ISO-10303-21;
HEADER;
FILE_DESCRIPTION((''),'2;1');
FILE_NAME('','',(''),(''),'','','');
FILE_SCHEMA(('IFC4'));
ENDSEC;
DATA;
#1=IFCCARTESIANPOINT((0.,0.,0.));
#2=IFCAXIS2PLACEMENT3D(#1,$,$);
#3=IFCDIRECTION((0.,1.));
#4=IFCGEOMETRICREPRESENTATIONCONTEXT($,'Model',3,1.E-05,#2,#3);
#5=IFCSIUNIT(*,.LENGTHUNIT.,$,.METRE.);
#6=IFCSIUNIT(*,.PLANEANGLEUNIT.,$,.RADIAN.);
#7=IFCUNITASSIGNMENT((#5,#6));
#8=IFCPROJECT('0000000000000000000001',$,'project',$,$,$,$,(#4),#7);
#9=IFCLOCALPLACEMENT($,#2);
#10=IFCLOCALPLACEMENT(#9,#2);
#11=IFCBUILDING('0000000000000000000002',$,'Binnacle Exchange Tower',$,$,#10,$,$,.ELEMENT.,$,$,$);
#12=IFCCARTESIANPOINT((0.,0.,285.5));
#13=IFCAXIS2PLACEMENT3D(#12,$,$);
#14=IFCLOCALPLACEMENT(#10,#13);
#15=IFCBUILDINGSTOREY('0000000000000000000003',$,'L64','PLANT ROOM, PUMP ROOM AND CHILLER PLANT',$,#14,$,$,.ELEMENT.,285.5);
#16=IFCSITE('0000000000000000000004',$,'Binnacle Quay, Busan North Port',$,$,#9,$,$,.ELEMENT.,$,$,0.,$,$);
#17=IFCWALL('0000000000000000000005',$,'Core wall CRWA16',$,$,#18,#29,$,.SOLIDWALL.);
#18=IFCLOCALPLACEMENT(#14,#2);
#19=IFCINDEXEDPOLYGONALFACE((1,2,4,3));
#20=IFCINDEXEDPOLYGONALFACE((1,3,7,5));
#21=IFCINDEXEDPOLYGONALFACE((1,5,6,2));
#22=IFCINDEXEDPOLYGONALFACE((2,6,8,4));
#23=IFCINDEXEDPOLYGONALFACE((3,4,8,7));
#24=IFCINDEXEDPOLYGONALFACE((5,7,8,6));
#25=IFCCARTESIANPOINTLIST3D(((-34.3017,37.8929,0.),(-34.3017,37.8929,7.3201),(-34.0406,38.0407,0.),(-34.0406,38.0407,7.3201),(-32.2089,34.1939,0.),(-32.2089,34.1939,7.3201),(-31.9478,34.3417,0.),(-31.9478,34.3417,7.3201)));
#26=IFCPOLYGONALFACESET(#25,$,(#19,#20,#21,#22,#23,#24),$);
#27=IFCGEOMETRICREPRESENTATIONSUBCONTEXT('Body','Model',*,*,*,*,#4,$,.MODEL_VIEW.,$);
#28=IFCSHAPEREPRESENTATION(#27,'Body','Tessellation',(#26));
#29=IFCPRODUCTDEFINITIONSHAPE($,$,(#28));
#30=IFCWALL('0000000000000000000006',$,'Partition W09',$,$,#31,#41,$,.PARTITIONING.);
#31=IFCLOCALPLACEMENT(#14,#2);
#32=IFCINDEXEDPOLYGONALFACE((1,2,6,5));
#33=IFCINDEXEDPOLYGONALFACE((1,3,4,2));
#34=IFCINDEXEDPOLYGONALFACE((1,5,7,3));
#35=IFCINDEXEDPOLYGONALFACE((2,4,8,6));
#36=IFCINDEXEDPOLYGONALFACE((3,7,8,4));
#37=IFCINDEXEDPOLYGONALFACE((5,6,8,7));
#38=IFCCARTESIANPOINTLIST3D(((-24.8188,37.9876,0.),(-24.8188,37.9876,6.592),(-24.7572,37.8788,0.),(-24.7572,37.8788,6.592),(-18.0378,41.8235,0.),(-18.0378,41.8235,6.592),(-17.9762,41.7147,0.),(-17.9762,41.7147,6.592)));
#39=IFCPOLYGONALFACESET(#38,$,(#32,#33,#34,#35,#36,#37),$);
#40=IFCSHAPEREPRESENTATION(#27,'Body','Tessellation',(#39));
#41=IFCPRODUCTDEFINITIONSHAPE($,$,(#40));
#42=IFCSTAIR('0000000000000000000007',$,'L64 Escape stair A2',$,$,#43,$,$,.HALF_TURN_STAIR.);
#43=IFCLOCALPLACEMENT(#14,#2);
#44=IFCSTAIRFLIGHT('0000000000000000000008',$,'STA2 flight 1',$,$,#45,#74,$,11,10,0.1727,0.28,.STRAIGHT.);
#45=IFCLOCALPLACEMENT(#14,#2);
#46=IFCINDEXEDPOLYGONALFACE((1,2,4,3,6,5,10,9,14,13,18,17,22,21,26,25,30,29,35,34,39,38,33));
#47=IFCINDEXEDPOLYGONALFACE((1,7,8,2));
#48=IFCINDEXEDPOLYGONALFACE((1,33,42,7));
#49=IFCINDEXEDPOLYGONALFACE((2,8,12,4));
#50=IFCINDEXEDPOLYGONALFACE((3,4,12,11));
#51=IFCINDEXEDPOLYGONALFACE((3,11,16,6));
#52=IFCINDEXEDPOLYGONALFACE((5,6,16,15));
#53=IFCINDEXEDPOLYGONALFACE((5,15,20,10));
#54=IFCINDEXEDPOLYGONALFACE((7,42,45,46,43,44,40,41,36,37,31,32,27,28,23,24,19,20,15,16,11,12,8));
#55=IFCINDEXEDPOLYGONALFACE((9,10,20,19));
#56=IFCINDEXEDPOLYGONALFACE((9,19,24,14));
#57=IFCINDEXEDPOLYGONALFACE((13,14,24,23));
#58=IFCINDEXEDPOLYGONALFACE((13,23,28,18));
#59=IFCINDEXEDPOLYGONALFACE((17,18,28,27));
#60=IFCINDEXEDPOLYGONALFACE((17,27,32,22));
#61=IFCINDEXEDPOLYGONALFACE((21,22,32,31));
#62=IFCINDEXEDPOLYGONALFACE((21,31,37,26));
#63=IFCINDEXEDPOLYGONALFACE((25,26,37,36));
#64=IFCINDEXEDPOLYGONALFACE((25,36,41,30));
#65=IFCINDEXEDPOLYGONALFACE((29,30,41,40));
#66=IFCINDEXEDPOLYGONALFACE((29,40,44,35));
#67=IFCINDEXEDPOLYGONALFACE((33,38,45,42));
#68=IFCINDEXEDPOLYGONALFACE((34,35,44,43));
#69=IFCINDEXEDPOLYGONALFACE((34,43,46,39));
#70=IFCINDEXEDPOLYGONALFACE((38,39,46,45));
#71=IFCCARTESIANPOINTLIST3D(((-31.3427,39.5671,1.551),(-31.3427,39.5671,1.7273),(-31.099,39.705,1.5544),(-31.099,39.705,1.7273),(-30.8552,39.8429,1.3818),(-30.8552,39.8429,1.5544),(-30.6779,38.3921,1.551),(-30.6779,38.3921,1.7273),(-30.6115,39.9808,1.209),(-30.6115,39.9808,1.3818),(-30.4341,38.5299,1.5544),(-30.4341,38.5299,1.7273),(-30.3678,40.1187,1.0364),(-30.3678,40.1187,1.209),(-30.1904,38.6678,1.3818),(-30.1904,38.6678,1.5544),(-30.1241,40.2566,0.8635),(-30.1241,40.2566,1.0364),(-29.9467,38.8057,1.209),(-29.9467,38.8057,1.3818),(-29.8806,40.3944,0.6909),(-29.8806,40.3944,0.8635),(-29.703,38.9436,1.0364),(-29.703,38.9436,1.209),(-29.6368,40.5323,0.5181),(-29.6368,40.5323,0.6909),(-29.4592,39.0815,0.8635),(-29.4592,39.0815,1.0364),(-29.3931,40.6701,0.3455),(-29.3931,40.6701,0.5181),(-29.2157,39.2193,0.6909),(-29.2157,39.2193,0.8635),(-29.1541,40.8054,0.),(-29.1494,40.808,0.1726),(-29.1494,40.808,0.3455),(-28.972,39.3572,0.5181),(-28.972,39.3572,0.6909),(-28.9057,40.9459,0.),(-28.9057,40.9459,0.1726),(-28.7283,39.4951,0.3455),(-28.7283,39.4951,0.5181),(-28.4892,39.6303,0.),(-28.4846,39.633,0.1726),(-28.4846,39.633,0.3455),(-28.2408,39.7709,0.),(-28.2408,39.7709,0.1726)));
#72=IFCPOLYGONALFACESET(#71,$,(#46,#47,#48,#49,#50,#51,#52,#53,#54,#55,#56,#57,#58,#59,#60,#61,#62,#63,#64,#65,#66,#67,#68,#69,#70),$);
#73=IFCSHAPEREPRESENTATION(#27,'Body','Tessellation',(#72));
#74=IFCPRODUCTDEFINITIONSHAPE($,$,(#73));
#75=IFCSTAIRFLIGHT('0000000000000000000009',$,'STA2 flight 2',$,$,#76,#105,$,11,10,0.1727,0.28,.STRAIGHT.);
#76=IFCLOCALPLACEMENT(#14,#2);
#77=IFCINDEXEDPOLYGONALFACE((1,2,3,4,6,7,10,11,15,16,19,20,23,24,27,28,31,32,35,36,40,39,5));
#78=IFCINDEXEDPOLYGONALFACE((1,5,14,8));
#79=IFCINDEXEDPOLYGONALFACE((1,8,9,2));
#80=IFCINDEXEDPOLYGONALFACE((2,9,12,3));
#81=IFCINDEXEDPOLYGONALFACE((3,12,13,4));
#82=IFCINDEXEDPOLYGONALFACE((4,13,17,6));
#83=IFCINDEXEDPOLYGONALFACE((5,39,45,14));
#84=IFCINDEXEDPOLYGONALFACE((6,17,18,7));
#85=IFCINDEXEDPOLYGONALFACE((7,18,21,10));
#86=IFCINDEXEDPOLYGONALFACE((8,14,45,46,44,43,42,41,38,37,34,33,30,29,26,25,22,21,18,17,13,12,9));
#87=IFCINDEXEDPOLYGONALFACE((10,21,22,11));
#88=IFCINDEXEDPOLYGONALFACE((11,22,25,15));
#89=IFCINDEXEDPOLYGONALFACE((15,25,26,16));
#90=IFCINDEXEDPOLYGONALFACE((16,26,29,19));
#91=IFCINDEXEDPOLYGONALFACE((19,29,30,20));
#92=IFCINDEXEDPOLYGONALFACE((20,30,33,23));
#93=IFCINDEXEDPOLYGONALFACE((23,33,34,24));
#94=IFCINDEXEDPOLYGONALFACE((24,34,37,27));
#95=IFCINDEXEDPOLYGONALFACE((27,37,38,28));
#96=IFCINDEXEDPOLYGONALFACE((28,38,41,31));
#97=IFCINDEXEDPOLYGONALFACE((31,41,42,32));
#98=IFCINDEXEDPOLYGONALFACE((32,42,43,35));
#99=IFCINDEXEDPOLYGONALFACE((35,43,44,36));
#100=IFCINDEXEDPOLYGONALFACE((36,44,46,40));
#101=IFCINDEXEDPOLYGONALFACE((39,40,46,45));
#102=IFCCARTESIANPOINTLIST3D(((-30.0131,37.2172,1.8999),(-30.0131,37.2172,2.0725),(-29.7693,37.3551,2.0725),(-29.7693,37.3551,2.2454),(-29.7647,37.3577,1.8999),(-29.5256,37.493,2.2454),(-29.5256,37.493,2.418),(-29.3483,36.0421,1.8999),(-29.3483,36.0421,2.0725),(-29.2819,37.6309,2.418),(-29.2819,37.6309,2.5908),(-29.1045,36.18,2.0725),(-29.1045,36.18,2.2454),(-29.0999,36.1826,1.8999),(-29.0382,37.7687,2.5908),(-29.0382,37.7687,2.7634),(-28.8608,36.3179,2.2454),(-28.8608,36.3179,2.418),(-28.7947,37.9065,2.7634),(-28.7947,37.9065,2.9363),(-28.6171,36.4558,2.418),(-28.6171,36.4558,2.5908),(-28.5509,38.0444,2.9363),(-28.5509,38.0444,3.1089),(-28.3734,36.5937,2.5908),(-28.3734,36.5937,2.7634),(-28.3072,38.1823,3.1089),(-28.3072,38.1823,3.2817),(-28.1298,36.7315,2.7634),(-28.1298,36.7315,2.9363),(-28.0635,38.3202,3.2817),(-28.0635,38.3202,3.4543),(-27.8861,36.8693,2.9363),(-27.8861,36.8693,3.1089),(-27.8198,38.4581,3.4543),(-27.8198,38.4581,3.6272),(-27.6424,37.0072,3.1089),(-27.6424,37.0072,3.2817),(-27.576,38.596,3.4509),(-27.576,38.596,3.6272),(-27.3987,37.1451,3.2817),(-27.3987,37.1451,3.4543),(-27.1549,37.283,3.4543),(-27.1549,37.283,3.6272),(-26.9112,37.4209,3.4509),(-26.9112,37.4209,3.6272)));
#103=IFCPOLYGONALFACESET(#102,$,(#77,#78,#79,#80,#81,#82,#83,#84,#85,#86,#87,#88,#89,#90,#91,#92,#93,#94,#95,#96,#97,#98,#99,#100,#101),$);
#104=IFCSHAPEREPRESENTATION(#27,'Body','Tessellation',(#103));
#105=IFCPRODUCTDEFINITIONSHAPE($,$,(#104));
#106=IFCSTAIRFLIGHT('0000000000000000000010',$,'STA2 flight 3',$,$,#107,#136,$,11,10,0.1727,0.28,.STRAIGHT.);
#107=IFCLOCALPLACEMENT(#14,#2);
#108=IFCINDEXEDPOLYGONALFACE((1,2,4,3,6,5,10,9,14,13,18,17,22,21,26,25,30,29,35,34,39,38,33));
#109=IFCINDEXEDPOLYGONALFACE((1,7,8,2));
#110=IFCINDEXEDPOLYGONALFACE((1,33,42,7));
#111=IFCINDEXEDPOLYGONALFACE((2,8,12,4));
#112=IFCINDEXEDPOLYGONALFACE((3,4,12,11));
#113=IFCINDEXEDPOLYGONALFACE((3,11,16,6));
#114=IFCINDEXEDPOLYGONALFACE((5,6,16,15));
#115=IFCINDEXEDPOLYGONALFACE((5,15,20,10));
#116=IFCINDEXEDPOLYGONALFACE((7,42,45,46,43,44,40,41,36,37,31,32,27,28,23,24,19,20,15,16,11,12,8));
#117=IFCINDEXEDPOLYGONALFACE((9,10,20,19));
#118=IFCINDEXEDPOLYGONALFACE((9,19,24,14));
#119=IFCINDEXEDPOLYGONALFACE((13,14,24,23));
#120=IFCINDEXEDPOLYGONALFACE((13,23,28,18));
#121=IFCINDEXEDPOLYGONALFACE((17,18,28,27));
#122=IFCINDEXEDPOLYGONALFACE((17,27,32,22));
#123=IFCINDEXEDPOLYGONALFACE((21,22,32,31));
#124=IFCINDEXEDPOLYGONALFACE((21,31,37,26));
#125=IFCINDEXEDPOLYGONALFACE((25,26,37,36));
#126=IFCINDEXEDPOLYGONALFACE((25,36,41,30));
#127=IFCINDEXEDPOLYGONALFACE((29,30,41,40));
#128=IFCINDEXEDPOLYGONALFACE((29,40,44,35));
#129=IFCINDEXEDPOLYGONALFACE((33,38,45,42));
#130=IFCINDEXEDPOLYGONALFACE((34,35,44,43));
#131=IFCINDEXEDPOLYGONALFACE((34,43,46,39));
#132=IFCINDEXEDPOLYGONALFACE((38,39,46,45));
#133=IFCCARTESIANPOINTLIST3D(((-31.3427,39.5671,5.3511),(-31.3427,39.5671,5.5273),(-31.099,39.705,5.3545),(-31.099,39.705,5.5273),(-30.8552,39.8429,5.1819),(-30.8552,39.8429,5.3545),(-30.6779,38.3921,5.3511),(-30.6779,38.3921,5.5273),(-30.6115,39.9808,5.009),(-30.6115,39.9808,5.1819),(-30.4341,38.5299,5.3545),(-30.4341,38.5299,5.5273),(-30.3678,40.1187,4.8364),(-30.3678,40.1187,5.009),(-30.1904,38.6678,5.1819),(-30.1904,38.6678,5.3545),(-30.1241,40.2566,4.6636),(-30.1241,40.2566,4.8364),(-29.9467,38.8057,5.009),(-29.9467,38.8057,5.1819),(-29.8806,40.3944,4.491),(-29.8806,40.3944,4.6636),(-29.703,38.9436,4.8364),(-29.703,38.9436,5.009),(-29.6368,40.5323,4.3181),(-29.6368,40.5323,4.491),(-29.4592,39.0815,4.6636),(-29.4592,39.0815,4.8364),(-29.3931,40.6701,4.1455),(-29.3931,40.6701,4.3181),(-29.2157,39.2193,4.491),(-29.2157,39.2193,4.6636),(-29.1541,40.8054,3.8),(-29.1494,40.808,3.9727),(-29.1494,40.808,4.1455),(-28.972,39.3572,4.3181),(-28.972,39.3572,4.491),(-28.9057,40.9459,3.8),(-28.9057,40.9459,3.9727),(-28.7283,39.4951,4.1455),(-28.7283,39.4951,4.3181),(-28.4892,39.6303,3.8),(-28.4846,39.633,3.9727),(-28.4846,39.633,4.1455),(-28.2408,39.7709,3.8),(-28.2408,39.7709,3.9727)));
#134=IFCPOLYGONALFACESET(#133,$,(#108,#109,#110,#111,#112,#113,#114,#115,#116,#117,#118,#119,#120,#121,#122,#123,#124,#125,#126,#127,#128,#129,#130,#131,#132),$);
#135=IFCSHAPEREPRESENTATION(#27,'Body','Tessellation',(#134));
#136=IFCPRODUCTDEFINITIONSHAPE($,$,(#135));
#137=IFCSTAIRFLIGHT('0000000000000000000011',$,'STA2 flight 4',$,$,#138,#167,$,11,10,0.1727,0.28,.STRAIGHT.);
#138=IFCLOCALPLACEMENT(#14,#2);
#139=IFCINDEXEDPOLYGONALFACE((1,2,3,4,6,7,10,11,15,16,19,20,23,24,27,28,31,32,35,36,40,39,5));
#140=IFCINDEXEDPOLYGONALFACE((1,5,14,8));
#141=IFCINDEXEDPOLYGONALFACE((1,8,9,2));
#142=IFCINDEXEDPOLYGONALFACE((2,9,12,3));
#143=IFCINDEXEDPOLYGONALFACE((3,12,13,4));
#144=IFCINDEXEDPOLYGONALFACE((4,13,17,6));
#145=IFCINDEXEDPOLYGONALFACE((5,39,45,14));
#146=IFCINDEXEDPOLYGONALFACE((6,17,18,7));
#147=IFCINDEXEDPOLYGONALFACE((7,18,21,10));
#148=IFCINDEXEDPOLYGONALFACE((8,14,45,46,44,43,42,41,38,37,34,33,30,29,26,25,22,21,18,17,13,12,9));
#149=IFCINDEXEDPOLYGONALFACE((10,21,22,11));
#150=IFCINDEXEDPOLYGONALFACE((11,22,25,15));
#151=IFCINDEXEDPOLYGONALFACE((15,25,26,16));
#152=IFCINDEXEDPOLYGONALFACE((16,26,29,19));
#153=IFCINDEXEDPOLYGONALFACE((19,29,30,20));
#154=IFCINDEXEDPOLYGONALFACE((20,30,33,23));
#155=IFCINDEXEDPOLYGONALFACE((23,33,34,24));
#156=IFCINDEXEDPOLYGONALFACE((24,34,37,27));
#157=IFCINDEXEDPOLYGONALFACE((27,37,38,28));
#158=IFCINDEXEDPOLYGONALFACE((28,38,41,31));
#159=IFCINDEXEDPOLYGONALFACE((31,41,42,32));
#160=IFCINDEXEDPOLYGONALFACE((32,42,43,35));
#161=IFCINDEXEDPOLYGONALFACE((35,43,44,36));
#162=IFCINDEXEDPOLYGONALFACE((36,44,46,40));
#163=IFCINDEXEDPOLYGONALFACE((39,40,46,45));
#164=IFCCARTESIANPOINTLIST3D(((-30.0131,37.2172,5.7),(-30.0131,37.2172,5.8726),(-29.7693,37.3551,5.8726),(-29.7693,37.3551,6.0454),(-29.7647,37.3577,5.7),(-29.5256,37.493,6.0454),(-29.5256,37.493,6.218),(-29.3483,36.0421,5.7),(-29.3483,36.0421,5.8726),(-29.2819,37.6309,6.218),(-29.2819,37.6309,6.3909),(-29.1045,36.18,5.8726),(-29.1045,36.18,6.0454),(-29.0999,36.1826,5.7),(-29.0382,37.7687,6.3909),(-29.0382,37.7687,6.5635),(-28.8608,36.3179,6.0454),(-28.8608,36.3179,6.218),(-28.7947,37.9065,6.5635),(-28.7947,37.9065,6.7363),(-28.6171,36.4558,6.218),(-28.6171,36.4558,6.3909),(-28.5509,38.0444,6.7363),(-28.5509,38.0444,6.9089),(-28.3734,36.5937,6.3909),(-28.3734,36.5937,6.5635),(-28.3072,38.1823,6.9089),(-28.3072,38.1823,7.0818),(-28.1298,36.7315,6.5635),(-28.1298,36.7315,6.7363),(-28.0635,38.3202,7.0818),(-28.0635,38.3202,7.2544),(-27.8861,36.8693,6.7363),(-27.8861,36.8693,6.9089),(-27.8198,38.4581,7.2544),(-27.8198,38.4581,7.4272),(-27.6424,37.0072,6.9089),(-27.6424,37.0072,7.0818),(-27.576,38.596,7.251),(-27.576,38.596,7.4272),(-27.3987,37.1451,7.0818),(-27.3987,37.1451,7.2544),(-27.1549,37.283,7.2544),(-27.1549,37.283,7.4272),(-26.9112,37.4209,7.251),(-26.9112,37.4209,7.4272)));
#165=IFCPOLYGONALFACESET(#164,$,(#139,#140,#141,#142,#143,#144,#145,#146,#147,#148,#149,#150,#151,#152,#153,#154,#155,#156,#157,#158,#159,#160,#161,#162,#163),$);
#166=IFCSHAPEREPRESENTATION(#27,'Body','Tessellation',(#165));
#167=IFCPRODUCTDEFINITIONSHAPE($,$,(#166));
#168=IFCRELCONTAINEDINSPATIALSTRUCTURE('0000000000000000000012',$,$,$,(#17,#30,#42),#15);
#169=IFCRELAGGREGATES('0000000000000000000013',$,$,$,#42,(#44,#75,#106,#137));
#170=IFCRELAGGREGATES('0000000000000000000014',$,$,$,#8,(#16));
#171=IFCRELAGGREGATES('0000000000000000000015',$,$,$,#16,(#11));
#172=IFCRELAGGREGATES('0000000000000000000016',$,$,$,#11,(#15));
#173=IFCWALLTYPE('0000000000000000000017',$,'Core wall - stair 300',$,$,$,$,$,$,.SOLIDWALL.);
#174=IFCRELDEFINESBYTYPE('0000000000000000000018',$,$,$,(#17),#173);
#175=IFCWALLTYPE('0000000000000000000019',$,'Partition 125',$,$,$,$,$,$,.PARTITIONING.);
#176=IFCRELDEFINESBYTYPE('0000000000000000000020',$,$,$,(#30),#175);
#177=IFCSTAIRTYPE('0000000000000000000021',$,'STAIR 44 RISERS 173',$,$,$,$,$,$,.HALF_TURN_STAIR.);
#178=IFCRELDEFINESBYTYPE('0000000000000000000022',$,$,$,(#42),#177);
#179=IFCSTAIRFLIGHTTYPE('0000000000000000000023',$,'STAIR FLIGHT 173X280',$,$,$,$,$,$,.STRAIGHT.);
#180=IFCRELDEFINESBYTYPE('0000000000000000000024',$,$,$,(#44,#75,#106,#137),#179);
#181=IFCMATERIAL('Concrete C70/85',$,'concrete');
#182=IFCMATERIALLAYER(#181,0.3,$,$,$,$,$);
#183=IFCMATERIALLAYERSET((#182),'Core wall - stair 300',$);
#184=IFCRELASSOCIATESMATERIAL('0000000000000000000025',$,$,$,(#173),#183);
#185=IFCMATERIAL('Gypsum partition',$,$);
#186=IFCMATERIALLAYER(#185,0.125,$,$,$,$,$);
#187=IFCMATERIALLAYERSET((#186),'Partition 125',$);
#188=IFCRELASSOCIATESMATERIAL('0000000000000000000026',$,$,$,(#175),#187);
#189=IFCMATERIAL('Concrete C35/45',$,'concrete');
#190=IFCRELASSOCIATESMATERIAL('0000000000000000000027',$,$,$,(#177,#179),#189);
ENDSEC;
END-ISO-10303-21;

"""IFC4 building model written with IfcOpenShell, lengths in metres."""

from ifc_helpers import new_model, si_unit, direction, frame, frame_2d, origin, place, context, subcontext, project, spatial, polyline, rectangle, outline, extrude, material, layer, layer_set, type_object, element, aggregate, save


model = new_model("IFC4")

# Units and contexts
model_context = context("Model", 3, precision=1e-05, world=origin(), true_north=direction((0.0, 1.0)))
body_context = subcontext(model_context, "Body", "Model", "MODEL_VIEW")
ifc_project = project(units=[si_unit("LENGTHUNIT", "METRE"), si_unit("PLANEANGLEUNIT", "RADIAN")], contexts=[model_context])

# Site, building, storey
site_placement = place(None, origin())
site = spatial("IfcSite", under=ifc_project, at=site_placement, Name="Binnacle Quay, Busan North Port", CompositionType="ELEMENT", RefElevation=0.0)
building_placement = place(site_placement, origin())
building = spatial("IfcBuilding", under=site, at=building_placement, Name="Binnacle Exchange Tower", CompositionType="ELEMENT")
storey_placement = place(building_placement, frame((0.0, 0.0, 285.5)))
storey = spatial("IfcBuildingStorey", under=building, at=storey_placement, Name="L64", Description="PLANT ROOM, PUMP ROOM AND CHILLER PLANT", CompositionType="ELEMENT", Elevation=285.5)

# Shared definitions
ifc_material_1 = material(Name="Concrete C70/85", Category="concrete")

# Shared definitions
ifc_layer_1 = layer(ifc_material_1, 0.3)
ifc_layer_set_1 = layer_set([ifc_layer_1], Name="Core wall - stair 300")
wall_type_1 = type_object("IfcWallType", Name="Core wall - stair 300", PredefinedType="SOLIDWALL", material=ifc_layer_set_1)

# Walls
wall_1_placement = place(storey_placement, frame((-34.1711, 37.9668, 0.0), z_axis=(0.0, 0.0, 1.0), x_axis=(0.492423, -0.870356, 0.0)))
element("IfcWall", 1, at=wall_1_placement, inside=storey, type_object=wall_type_1, Name="Core wall CRWA16", PredefinedType="SOLIDWALL", context=body_context, shape_type="SweptSolid", body=[
    extrude(rectangle(XDim=4.25, YDim=0.3, at=frame_2d((2.125, 0.0))), origin(), (0.0, 0.0, 1.0), 7.3201),
])
ifc_material_2 = material(Name="Gypsum partition")
ifc_layer_2 = layer(ifc_material_2, 0.125)
ifc_layer_set_2 = layer_set([ifc_layer_2], Name="Partition 125")
wall_type_2 = type_object("IfcWallType", Name="Partition 125", PredefinedType="PARTITIONING", material=ifc_layer_set_2)
wall_2_placement = place(storey_placement, frame((-24.7881, 37.9331, 0.0), z_axis=(0.0, 0.0, 1.0), x_axis=(0.870387, 0.492368, 0.0)))
element("IfcWall", 2, at=wall_2_placement, inside=storey, type_object=wall_type_2, Name="Partition W09", PredefinedType="PARTITIONING", context=body_context, shape_type="SweptSolid", body=[
    extrude(rectangle(XDim=7.7908, YDim=0.125, at=frame_2d((3.8955, 0.0))), origin(), (0.0, 0.0, 1.0), 6.592),
])

# Stair, stair flights
ifc_material_3 = material(Name="Concrete C35/45", Category="concrete")
stair_type = type_object("IfcStairType", Name="STAIR 44 RISERS 173", PredefinedType="HALF_TURN_STAIR", material=ifc_material_3)
stair_placement = place(storey_placement, origin())
stair = element("IfcStair", 3, at=stair_placement, inside=storey, type_object=stair_type, Name="L64 Escape stair A2", PredefinedType="HALF_TURN_STAIR")
stair_flight_type = type_object("IfcStairFlightType", Name="STAIR FLIGHT 173X280", PredefinedType="STRAIGHT", material=ifc_material_3)
stair_flight_1_placement = place(storey_placement, frame((-28.5732, 40.3584, 0.0), z_axis=(0.0, 0.0, 1.0), x_axis=(-0.870356, -0.492424, 0.0)))
stair_flight_1 = element("IfcStairFlight", 4, at=stair_flight_1_placement, type_object=stair_flight_type, Name="STA2 flight 1", NumberOfRisers=11, NumberOfTreads=10, PredefinedType="STRAIGHT", RiserHeight=0.1727, TreadLength=0.28, context=body_context, shape_type="SweptSolid", body=[
    extrude(outline(polyline([(0.0, 0.0), (0.0, 0.1726), (0.28, 0.1726), (0.28, 0.3455), (0.5601, 0.3455), (0.5601, 0.5181), (0.8401, 0.5181), (0.8401, 0.6909), (1.1201, 0.6909), (1.1201, 0.8635), (1.3999, 0.8635), (1.3999, 1.0364), (1.6799, 1.0364), (1.6799, 1.209), (1.96, 1.209), (1.96, 1.3818), (2.24, 1.3818), (2.24, 1.5544), (2.52, 1.5544), (2.52, 1.7273), (2.8, 1.7273), (2.8, 1.8999), (2.8, 1.551), (0.2854, 0.0), (0.0, 0.0)])), frame((0.0, 0.675, 0.0), z_axis=(0.0, -1.0, 0.0), x_axis=(1.0, 0.0, 0.0)), (0.0, 0.0, 1.0), 1.3501),
])
stair_flight_2_placement = place(storey_placement, frame((-29.6807, 36.6296, 1.8999), z_axis=(0.0, 0.0, 1.0), x_axis=(0.870356, 0.492424, 0.0)))
stair_flight_2 = element("IfcStairFlight", 5, at=stair_flight_2_placement, type_object=stair_flight_type, Name="STA2 flight 2", NumberOfRisers=11, NumberOfTreads=10, PredefinedType="STRAIGHT", RiserHeight=0.1727, TreadLength=0.28, context=body_context, shape_type="SweptSolid", body=[
    extrude(outline(polyline([(0.0, 0.0), (0.0, 0.1726), (0.28, 0.1726), (0.28, 0.3455), (0.5601, 0.3455), (0.5601, 0.5181), (0.8401, 0.5181), (0.8401, 0.6909), (1.1201, 0.6909), (1.1201, 0.8635), (1.3999, 0.8635), (1.3999, 1.0364), (1.6799, 1.0364), (1.6799, 1.209), (1.96, 1.209), (1.96, 1.3818), (2.24, 1.3818), (2.24, 1.5544), (2.52, 1.5544), (2.52, 1.7273), (2.8, 1.7273), (2.8, 1.8999), (2.8, 1.551), (0.2854, 0.0), (0.0, 0.0)])), frame((0.0, 0.675, 0.0), z_axis=(0.0, -1.0, 0.0), x_axis=(1.0, 0.0, 0.0)), (0.0, 0.0, 1.0), 1.3501),
])
stair_flight_3_placement = place(storey_placement, frame((-28.5732, 40.3584, 3.8), z_axis=(0.0, 0.0, 1.0), x_axis=(-0.870356, -0.492424, 0.0)))
stair_flight_3 = element("IfcStairFlight", 6, at=stair_flight_3_placement, type_object=stair_flight_type, Name="STA2 flight 3", NumberOfRisers=11, NumberOfTreads=10, PredefinedType="STRAIGHT", RiserHeight=0.1727, TreadLength=0.28, context=body_context, shape_type="SweptSolid", body=[
    extrude(outline(polyline([(0.0, 0.0), (0.0, 0.1726), (0.28, 0.1726), (0.28, 0.3455), (0.5601, 0.3455), (0.5601, 0.5181), (0.8401, 0.5181), (0.8401, 0.6909), (1.1201, 0.6909), (1.1201, 0.8635), (1.3999, 0.8635), (1.3999, 1.0364), (1.6799, 1.0364), (1.6799, 1.209), (1.96, 1.209), (1.96, 1.3818), (2.24, 1.3818), (2.24, 1.5544), (2.52, 1.5544), (2.52, 1.7273), (2.8, 1.7273), (2.8, 1.8999), (2.8, 1.551), (0.2854, 0.0), (0.0, 0.0)])), frame((0.0, 0.675, 0.0), z_axis=(0.0, -1.0, 0.0), x_axis=(1.0, 0.0, 0.0)), (0.0, 0.0, 1.0), 1.3501),
])
stair_flight_4_placement = place(storey_placement, frame((-29.6807, 36.6296, 5.7), z_axis=(0.0, 0.0, 1.0), x_axis=(0.870356, 0.492424, 0.0)))
stair_flight_4 = element("IfcStairFlight", 7, at=stair_flight_4_placement, type_object=stair_flight_type, Name="STA2 flight 4", NumberOfRisers=11, NumberOfTreads=10, PredefinedType="STRAIGHT", RiserHeight=0.1727, TreadLength=0.28, context=body_context, shape_type="SweptSolid", body=[
    extrude(outline(polyline([(0.0, 0.0), (0.0, 0.1726), (0.28, 0.1726), (0.28, 0.3455), (0.5601, 0.3455), (0.5601, 0.5181), (0.8401, 0.5181), (0.8401, 0.6909), (1.1201, 0.6909), (1.1201, 0.8635), (1.3999, 0.8635), (1.3999, 1.0364), (1.6799, 1.0364), (1.6799, 1.209), (1.96, 1.209), (1.96, 1.3818), (2.24, 1.3818), (2.24, 1.5544), (2.52, 1.5544), (2.52, 1.7273), (2.8, 1.7273), (2.8, 1.8999), (2.8, 1.551), (0.2854, 0.0), (0.0, 0.0)])), frame((0.0, 0.675, 0.0), z_axis=(0.0, -1.0, 0.0), x_axis=(1.0, 0.0, 0.0)), (0.0, 0.0, 1.0), 1.3501),
])
aggregate(stair, [stair_flight_1, stair_flight_2, stair_flight_3, stair_flight_4])

save(model, "model.ifc")
